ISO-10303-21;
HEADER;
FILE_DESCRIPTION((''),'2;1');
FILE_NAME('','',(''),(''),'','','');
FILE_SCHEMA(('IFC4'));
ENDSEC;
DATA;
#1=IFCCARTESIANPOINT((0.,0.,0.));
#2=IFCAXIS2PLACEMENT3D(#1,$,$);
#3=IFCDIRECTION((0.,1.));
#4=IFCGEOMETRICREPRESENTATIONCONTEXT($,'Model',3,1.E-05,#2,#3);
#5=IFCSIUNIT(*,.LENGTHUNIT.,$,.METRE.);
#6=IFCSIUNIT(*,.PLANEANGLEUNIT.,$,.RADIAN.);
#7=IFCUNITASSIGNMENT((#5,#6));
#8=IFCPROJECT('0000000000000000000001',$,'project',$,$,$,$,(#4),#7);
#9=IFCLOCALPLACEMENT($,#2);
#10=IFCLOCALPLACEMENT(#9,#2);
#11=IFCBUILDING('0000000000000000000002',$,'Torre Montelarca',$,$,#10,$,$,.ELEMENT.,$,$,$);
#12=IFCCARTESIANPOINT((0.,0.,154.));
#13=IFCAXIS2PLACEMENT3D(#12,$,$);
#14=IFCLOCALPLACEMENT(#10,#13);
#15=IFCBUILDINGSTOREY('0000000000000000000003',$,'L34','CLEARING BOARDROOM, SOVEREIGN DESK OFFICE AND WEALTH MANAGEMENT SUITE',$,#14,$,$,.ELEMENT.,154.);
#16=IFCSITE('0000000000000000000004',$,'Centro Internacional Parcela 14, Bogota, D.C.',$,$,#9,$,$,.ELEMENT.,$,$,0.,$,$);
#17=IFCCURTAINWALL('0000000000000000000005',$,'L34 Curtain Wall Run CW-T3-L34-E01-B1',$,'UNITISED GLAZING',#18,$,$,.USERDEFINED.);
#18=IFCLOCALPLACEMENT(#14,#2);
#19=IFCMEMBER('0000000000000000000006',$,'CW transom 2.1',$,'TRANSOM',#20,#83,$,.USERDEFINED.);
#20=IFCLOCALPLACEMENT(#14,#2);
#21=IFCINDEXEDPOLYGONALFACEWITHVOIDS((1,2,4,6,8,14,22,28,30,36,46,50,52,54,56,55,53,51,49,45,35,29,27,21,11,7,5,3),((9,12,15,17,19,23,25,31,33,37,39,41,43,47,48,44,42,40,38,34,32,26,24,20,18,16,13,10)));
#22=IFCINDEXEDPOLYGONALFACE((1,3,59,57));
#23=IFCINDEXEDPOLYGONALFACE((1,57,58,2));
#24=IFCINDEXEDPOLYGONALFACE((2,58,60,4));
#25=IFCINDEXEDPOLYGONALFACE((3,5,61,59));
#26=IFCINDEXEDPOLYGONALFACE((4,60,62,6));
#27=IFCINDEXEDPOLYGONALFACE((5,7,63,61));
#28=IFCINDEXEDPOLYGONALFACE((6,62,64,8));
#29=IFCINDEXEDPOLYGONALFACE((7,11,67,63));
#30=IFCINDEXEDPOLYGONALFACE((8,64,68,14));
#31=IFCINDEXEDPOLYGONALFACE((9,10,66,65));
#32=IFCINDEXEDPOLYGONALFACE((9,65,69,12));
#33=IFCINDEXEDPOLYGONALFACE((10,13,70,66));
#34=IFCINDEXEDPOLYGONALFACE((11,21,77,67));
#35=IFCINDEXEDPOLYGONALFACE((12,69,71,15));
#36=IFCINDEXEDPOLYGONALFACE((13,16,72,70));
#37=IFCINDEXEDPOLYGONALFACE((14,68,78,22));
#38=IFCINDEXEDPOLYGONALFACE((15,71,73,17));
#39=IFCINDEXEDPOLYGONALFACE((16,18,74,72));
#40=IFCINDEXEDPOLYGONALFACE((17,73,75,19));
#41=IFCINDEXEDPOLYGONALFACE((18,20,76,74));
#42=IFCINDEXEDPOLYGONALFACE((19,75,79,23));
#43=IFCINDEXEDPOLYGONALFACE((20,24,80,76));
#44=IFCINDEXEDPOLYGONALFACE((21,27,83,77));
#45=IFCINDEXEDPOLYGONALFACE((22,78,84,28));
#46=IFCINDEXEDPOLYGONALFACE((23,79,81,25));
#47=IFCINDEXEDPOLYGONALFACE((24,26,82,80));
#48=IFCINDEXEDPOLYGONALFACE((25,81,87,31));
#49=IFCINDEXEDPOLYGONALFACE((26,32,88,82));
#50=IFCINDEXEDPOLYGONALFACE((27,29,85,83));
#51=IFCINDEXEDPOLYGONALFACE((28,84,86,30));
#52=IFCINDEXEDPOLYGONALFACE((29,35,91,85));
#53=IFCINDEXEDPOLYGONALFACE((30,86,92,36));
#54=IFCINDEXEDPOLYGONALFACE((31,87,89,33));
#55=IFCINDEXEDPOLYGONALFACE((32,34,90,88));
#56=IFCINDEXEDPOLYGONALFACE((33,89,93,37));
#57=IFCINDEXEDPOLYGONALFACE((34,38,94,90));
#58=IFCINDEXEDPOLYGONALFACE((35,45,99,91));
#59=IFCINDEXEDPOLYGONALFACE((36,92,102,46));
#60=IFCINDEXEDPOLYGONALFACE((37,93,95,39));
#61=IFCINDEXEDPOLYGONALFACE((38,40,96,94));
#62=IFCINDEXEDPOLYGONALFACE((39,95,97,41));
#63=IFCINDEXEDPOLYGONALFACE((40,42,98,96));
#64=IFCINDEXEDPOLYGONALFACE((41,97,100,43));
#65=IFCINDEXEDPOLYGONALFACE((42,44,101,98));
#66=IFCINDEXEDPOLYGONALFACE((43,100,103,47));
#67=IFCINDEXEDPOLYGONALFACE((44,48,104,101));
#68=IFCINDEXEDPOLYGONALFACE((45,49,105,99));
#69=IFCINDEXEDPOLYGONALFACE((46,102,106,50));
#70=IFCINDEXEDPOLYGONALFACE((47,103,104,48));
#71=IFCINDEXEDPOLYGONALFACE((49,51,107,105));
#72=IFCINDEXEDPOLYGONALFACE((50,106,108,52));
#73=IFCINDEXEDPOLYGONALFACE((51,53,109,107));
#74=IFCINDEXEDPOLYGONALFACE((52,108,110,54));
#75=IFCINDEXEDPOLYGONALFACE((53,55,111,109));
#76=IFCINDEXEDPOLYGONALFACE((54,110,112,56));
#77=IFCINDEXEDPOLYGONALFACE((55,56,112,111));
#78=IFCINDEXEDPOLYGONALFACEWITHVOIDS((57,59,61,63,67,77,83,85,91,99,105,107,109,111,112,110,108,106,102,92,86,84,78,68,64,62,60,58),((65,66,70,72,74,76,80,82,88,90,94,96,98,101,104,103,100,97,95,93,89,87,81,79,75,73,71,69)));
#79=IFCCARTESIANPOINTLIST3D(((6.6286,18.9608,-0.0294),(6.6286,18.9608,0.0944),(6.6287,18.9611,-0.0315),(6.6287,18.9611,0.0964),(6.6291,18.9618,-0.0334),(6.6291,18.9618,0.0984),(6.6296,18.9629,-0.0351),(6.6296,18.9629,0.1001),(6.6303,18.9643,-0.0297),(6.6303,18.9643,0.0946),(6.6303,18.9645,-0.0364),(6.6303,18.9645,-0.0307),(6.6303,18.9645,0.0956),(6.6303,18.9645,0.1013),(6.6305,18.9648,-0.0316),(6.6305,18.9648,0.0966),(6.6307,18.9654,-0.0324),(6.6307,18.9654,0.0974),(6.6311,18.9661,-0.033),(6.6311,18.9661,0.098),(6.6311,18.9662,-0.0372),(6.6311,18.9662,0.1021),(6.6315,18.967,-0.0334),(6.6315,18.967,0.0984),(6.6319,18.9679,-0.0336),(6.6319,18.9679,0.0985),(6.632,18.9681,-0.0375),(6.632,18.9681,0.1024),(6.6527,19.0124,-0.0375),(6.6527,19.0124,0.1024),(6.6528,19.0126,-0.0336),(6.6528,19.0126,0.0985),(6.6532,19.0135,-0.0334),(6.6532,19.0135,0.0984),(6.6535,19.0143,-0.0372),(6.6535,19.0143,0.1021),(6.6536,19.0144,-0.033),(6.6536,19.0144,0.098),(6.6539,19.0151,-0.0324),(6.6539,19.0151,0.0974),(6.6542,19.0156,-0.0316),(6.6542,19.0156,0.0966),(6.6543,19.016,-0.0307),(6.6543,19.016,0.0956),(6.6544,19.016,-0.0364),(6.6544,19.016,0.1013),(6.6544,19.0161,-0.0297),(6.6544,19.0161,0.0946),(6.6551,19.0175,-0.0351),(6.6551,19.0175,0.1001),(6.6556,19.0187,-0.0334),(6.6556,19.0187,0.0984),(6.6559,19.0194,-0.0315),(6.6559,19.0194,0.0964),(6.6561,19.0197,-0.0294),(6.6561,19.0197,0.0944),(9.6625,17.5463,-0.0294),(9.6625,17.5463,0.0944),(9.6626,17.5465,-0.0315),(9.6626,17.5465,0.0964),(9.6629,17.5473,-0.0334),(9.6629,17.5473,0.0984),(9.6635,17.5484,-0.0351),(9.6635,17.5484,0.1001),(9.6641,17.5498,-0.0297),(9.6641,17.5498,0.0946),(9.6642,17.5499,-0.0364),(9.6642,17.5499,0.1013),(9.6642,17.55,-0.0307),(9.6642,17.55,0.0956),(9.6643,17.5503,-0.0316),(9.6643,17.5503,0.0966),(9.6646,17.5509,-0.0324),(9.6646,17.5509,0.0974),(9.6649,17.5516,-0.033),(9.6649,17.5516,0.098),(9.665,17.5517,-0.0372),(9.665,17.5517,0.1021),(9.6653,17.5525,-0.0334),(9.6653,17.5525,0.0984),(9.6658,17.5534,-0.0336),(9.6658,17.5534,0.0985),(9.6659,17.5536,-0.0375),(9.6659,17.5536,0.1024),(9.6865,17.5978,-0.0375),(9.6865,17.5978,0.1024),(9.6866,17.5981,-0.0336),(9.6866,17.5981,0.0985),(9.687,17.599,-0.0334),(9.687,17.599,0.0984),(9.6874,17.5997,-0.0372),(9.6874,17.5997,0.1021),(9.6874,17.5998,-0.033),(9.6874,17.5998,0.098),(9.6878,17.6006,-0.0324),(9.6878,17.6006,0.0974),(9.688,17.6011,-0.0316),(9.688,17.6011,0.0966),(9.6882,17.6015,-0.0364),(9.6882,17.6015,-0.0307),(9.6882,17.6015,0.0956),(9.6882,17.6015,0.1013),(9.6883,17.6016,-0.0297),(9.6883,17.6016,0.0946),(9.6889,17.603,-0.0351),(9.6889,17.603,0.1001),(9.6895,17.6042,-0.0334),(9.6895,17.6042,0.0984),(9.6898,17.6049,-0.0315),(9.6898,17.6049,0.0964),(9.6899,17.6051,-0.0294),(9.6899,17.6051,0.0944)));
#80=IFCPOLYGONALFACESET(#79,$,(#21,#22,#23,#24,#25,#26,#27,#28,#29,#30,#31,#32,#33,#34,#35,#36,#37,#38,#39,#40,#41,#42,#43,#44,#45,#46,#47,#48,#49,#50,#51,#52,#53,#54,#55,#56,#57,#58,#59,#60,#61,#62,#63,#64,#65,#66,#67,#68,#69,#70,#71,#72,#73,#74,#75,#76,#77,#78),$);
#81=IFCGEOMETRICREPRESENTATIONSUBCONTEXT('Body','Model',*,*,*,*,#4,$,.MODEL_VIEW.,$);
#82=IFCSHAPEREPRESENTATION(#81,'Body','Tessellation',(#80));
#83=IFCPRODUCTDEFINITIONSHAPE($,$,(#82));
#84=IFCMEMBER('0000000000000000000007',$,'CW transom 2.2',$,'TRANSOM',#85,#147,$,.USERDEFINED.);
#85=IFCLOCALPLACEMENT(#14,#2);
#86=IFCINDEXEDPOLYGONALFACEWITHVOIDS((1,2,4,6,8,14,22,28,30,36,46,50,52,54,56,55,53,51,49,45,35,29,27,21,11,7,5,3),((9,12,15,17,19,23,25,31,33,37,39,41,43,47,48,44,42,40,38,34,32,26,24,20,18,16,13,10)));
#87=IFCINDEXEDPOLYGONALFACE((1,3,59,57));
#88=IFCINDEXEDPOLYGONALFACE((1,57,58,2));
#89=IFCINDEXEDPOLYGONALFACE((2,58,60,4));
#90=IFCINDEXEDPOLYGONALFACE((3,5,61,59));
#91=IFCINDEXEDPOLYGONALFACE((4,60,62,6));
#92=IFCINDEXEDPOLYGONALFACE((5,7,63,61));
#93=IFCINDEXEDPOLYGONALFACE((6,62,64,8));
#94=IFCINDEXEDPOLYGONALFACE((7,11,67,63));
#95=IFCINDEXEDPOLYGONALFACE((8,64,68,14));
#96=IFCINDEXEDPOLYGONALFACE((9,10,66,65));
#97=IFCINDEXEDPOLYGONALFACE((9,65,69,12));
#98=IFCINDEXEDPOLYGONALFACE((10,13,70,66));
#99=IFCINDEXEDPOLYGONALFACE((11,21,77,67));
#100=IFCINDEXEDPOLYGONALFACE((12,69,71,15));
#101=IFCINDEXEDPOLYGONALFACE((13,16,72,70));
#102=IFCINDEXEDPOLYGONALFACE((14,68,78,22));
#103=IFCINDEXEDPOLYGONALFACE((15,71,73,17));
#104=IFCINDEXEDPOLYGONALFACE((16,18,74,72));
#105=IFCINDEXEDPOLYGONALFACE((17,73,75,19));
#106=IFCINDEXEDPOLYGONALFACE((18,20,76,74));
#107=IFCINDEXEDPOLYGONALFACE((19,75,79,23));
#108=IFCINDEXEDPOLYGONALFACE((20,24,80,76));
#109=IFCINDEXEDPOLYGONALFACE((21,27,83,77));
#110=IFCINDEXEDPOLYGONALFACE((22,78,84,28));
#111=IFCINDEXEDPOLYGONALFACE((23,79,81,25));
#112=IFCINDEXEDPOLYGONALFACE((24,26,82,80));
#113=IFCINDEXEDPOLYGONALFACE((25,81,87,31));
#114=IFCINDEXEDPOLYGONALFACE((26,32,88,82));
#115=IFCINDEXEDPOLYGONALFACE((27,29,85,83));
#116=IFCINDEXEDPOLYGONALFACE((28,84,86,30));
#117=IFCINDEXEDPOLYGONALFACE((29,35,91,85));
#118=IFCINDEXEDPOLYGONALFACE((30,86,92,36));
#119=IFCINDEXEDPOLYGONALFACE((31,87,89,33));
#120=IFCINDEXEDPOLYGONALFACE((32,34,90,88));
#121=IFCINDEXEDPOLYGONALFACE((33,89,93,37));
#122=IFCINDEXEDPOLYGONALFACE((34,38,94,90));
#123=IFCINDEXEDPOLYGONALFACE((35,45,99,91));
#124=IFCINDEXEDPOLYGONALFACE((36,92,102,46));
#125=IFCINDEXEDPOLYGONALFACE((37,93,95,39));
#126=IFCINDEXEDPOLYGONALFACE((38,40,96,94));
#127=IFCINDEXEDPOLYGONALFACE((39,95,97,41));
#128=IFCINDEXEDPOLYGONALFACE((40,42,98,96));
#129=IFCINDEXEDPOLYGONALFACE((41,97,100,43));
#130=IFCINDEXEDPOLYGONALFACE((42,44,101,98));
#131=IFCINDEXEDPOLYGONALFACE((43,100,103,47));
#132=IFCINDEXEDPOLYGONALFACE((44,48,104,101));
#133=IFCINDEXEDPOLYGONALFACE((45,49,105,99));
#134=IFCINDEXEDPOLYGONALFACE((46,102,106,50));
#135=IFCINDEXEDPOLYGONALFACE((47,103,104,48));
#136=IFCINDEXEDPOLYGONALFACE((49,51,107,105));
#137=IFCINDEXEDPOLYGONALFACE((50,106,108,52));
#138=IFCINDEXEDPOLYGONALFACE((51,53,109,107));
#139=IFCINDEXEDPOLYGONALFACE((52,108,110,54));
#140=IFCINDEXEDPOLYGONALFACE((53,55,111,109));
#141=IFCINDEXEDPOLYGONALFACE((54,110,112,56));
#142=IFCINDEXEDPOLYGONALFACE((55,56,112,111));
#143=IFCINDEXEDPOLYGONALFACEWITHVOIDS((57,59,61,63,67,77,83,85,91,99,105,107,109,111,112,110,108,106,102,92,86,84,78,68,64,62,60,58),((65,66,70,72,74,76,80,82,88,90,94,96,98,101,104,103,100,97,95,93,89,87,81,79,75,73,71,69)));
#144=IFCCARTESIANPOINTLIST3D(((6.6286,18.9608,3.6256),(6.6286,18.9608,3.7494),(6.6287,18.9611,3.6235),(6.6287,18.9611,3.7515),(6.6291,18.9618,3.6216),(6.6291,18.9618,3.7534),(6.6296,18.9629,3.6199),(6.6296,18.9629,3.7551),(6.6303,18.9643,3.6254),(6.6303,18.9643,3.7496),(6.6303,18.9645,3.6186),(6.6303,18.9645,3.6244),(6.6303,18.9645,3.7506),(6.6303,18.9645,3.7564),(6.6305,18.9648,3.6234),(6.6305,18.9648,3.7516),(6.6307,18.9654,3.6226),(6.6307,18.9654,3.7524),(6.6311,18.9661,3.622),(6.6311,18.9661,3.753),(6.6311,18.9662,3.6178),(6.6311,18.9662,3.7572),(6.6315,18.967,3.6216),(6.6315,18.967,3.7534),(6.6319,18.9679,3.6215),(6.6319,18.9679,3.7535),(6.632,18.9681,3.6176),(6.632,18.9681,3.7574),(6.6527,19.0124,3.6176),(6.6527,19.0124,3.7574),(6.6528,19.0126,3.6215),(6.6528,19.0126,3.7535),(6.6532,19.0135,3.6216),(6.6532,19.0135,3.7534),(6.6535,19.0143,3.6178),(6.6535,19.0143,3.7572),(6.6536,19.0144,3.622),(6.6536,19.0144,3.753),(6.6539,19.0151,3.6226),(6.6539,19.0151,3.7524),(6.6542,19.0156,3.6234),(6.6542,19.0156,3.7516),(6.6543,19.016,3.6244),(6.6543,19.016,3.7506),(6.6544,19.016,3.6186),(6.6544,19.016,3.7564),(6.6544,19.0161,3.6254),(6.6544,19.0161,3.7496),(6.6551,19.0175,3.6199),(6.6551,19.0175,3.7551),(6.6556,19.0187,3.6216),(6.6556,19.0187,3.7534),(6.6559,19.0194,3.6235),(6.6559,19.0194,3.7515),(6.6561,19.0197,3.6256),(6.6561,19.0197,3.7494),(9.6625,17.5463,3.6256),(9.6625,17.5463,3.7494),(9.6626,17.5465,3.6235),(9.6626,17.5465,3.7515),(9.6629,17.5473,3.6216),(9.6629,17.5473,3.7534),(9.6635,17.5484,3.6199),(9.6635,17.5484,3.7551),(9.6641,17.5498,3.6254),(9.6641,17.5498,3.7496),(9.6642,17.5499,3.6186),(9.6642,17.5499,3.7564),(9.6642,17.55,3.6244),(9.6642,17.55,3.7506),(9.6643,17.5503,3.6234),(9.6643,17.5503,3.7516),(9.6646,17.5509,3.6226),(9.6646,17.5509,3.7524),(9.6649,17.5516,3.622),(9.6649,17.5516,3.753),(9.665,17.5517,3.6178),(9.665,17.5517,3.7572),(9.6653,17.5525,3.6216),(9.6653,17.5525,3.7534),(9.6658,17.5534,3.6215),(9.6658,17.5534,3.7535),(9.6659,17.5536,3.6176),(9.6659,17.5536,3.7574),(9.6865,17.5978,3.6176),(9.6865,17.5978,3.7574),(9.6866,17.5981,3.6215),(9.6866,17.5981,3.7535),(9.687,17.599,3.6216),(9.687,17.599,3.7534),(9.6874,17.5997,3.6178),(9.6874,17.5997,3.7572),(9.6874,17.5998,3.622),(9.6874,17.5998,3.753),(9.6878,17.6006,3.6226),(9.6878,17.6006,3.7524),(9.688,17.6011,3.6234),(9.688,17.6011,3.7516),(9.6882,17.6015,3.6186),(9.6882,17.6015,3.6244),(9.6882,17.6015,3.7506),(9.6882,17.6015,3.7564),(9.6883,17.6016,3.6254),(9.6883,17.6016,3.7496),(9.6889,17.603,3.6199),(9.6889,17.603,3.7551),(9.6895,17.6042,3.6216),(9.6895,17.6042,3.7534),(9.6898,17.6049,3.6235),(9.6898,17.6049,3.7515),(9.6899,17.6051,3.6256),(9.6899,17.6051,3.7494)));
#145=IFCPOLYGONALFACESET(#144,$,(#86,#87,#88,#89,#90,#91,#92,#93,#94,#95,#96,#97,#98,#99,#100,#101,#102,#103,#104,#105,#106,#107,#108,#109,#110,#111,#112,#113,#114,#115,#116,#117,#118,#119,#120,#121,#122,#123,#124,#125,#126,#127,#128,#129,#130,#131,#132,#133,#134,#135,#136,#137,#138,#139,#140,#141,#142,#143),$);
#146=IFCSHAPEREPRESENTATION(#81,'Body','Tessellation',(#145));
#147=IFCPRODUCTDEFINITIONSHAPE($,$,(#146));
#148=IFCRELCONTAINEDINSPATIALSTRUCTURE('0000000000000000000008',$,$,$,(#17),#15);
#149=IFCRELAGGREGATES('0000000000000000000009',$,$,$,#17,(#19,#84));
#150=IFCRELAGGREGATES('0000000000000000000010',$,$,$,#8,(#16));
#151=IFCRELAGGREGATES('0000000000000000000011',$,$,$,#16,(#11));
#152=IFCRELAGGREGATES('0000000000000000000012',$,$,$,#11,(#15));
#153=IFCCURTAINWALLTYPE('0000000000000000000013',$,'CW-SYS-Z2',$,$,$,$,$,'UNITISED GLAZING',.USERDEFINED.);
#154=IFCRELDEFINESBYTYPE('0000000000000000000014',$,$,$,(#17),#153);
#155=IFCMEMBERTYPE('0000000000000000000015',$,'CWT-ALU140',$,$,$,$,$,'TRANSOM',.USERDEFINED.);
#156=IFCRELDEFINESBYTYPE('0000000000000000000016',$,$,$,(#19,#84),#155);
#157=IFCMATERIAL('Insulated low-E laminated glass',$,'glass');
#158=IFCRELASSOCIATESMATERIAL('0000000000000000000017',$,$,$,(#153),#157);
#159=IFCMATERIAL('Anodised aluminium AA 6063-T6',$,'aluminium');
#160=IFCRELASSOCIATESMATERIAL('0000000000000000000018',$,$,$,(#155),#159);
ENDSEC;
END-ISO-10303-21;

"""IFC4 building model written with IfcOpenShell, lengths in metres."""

from ifc_helpers import new_model, si_unit, direction, frame, origin, origin_2d, place, context, subcontext, project, spatial, hollow_rectangle, extrude, source, transform, mapped, material, material_profile, profile_set, type_object, element, aggregate, save


model = new_model("IFC4")

# Units and contexts
model_context = context("Model", 3, precision=1e-05, world=origin(), true_north=direction((0.0, 1.0)))
body_context = subcontext(model_context, "Body", "Model", "MODEL_VIEW")
ifc_project = project(units=[si_unit("LENGTHUNIT", "METRE"), si_unit("PLANEANGLEUNIT", "RADIAN")], contexts=[model_context])

# Site, building, storey
site_placement = place(None, origin())
site = spatial("IfcSite", under=ifc_project, at=site_placement, Name="Centro Internacional Parcela 14, Bogota, D.C.", CompositionType="ELEMENT", RefElevation=0.0)
building_placement = place(site_placement, origin())
building = spatial("IfcBuilding", under=site, at=building_placement, Name="Torre Montelarca", CompositionType="ELEMENT")
storey_placement = place(building_placement, frame((0.0, 0.0, 154.0)))
storey = spatial("IfcBuildingStorey", under=building, at=storey_placement, Name="L34", Description="CLEARING BOARDROOM, SOVEREIGN DESK OFFICE AND WEALTH MANAGEMENT SUITE", CompositionType="ELEMENT", Elevation=154.0)

# Curtain wall
ifc_material_1 = material(Name="Insulated low-E laminated glass", Category="glass")
curtain_wall_type = type_object("IfcCurtainWallType", Name="CW-SYS-Z2", ElementType="UNITISED GLAZING", PredefinedType="USERDEFINED", material=ifc_material_1)
curtain_wall_1_placement = place(storey_placement, origin())
curtain_wall_1 = element("IfcCurtainWall", 1, at=curtain_wall_1_placement, inside=storey, type_object=curtain_wall_type, Name="L34 Curtain Wall Run CW-T3-L34-E01-B1", ObjectType="UNITISED GLAZING", PredefinedType="USERDEFINED")
ifc_material_2 = material(Name="Anodised aluminium AA 6063-T6", Category="aluminium")

# Members
ifc_material_profile_1 = material_profile(ifc_material_2, hollow_rectangle(XDim=0.0649, YDim=0.1399, WallThickness=0.0039, InnerFilletRadius=0.0039, OuterFilletRadius=0.0081, at=origin_2d()), Name="ALU65X140X4", Category="aluminium")
ifc_profile_set_1 = profile_set([ifc_material_profile_1], Name="Anodised aluminium AA 6063-T6")
member_type_1 = type_object("IfcMemberType", Name="CWT-ALU140", ElementType="TRANSOM", PredefinedType="USERDEFINED", material=ifc_profile_set_1)
shared_shape_1 = source(origin(), body_context, "Body", "SweptSolid", [
    extrude(hollow_rectangle(XDim=0.0649, YDim=0.1399, WallThickness=0.0039, InnerFilletRadius=0.0039, OuterFilletRadius=0.0081, at=origin_2d()), origin(), (0.0, 0.0, 1.0), 3.3474),
])
member_1_placement = place(storey_placement, frame((6.6423, 18.9902, 0.0325), z_axis=(0.90633, -0.42257, 0.0), x_axis=(0.42257, 0.90633, 0.0)))
member_1 = element("IfcMember", 2, at=member_1_placement, type_object=member_type_1, Name="CW transom 2.1", ObjectType="TRANSOM", PredefinedType="USERDEFINED", context=body_context, shape_type="MappedRepresentation", body=[
    mapped(shared_shape_1, transform((0.0, 0.0, 0.0), scale=1.0)),
])
member_2_placement = place(storey_placement, frame((6.6423, 18.9902, 3.6875), z_axis=(0.90633, -0.42257, 0.0), x_axis=(0.42257, 0.90633, 0.0)))
member_2 = element("IfcMember", 3, at=member_2_placement, type_object=member_type_1, Name="CW transom 2.2", ObjectType="TRANSOM", PredefinedType="USERDEFINED", context=body_context, shape_type="MappedRepresentation", body=[
    mapped(shared_shape_1, transform((0.0, 0.0, 0.0), scale=1.0)),
])

aggregate(curtain_wall_1, [member_1, member_2])

save(model, "model.ifc")
